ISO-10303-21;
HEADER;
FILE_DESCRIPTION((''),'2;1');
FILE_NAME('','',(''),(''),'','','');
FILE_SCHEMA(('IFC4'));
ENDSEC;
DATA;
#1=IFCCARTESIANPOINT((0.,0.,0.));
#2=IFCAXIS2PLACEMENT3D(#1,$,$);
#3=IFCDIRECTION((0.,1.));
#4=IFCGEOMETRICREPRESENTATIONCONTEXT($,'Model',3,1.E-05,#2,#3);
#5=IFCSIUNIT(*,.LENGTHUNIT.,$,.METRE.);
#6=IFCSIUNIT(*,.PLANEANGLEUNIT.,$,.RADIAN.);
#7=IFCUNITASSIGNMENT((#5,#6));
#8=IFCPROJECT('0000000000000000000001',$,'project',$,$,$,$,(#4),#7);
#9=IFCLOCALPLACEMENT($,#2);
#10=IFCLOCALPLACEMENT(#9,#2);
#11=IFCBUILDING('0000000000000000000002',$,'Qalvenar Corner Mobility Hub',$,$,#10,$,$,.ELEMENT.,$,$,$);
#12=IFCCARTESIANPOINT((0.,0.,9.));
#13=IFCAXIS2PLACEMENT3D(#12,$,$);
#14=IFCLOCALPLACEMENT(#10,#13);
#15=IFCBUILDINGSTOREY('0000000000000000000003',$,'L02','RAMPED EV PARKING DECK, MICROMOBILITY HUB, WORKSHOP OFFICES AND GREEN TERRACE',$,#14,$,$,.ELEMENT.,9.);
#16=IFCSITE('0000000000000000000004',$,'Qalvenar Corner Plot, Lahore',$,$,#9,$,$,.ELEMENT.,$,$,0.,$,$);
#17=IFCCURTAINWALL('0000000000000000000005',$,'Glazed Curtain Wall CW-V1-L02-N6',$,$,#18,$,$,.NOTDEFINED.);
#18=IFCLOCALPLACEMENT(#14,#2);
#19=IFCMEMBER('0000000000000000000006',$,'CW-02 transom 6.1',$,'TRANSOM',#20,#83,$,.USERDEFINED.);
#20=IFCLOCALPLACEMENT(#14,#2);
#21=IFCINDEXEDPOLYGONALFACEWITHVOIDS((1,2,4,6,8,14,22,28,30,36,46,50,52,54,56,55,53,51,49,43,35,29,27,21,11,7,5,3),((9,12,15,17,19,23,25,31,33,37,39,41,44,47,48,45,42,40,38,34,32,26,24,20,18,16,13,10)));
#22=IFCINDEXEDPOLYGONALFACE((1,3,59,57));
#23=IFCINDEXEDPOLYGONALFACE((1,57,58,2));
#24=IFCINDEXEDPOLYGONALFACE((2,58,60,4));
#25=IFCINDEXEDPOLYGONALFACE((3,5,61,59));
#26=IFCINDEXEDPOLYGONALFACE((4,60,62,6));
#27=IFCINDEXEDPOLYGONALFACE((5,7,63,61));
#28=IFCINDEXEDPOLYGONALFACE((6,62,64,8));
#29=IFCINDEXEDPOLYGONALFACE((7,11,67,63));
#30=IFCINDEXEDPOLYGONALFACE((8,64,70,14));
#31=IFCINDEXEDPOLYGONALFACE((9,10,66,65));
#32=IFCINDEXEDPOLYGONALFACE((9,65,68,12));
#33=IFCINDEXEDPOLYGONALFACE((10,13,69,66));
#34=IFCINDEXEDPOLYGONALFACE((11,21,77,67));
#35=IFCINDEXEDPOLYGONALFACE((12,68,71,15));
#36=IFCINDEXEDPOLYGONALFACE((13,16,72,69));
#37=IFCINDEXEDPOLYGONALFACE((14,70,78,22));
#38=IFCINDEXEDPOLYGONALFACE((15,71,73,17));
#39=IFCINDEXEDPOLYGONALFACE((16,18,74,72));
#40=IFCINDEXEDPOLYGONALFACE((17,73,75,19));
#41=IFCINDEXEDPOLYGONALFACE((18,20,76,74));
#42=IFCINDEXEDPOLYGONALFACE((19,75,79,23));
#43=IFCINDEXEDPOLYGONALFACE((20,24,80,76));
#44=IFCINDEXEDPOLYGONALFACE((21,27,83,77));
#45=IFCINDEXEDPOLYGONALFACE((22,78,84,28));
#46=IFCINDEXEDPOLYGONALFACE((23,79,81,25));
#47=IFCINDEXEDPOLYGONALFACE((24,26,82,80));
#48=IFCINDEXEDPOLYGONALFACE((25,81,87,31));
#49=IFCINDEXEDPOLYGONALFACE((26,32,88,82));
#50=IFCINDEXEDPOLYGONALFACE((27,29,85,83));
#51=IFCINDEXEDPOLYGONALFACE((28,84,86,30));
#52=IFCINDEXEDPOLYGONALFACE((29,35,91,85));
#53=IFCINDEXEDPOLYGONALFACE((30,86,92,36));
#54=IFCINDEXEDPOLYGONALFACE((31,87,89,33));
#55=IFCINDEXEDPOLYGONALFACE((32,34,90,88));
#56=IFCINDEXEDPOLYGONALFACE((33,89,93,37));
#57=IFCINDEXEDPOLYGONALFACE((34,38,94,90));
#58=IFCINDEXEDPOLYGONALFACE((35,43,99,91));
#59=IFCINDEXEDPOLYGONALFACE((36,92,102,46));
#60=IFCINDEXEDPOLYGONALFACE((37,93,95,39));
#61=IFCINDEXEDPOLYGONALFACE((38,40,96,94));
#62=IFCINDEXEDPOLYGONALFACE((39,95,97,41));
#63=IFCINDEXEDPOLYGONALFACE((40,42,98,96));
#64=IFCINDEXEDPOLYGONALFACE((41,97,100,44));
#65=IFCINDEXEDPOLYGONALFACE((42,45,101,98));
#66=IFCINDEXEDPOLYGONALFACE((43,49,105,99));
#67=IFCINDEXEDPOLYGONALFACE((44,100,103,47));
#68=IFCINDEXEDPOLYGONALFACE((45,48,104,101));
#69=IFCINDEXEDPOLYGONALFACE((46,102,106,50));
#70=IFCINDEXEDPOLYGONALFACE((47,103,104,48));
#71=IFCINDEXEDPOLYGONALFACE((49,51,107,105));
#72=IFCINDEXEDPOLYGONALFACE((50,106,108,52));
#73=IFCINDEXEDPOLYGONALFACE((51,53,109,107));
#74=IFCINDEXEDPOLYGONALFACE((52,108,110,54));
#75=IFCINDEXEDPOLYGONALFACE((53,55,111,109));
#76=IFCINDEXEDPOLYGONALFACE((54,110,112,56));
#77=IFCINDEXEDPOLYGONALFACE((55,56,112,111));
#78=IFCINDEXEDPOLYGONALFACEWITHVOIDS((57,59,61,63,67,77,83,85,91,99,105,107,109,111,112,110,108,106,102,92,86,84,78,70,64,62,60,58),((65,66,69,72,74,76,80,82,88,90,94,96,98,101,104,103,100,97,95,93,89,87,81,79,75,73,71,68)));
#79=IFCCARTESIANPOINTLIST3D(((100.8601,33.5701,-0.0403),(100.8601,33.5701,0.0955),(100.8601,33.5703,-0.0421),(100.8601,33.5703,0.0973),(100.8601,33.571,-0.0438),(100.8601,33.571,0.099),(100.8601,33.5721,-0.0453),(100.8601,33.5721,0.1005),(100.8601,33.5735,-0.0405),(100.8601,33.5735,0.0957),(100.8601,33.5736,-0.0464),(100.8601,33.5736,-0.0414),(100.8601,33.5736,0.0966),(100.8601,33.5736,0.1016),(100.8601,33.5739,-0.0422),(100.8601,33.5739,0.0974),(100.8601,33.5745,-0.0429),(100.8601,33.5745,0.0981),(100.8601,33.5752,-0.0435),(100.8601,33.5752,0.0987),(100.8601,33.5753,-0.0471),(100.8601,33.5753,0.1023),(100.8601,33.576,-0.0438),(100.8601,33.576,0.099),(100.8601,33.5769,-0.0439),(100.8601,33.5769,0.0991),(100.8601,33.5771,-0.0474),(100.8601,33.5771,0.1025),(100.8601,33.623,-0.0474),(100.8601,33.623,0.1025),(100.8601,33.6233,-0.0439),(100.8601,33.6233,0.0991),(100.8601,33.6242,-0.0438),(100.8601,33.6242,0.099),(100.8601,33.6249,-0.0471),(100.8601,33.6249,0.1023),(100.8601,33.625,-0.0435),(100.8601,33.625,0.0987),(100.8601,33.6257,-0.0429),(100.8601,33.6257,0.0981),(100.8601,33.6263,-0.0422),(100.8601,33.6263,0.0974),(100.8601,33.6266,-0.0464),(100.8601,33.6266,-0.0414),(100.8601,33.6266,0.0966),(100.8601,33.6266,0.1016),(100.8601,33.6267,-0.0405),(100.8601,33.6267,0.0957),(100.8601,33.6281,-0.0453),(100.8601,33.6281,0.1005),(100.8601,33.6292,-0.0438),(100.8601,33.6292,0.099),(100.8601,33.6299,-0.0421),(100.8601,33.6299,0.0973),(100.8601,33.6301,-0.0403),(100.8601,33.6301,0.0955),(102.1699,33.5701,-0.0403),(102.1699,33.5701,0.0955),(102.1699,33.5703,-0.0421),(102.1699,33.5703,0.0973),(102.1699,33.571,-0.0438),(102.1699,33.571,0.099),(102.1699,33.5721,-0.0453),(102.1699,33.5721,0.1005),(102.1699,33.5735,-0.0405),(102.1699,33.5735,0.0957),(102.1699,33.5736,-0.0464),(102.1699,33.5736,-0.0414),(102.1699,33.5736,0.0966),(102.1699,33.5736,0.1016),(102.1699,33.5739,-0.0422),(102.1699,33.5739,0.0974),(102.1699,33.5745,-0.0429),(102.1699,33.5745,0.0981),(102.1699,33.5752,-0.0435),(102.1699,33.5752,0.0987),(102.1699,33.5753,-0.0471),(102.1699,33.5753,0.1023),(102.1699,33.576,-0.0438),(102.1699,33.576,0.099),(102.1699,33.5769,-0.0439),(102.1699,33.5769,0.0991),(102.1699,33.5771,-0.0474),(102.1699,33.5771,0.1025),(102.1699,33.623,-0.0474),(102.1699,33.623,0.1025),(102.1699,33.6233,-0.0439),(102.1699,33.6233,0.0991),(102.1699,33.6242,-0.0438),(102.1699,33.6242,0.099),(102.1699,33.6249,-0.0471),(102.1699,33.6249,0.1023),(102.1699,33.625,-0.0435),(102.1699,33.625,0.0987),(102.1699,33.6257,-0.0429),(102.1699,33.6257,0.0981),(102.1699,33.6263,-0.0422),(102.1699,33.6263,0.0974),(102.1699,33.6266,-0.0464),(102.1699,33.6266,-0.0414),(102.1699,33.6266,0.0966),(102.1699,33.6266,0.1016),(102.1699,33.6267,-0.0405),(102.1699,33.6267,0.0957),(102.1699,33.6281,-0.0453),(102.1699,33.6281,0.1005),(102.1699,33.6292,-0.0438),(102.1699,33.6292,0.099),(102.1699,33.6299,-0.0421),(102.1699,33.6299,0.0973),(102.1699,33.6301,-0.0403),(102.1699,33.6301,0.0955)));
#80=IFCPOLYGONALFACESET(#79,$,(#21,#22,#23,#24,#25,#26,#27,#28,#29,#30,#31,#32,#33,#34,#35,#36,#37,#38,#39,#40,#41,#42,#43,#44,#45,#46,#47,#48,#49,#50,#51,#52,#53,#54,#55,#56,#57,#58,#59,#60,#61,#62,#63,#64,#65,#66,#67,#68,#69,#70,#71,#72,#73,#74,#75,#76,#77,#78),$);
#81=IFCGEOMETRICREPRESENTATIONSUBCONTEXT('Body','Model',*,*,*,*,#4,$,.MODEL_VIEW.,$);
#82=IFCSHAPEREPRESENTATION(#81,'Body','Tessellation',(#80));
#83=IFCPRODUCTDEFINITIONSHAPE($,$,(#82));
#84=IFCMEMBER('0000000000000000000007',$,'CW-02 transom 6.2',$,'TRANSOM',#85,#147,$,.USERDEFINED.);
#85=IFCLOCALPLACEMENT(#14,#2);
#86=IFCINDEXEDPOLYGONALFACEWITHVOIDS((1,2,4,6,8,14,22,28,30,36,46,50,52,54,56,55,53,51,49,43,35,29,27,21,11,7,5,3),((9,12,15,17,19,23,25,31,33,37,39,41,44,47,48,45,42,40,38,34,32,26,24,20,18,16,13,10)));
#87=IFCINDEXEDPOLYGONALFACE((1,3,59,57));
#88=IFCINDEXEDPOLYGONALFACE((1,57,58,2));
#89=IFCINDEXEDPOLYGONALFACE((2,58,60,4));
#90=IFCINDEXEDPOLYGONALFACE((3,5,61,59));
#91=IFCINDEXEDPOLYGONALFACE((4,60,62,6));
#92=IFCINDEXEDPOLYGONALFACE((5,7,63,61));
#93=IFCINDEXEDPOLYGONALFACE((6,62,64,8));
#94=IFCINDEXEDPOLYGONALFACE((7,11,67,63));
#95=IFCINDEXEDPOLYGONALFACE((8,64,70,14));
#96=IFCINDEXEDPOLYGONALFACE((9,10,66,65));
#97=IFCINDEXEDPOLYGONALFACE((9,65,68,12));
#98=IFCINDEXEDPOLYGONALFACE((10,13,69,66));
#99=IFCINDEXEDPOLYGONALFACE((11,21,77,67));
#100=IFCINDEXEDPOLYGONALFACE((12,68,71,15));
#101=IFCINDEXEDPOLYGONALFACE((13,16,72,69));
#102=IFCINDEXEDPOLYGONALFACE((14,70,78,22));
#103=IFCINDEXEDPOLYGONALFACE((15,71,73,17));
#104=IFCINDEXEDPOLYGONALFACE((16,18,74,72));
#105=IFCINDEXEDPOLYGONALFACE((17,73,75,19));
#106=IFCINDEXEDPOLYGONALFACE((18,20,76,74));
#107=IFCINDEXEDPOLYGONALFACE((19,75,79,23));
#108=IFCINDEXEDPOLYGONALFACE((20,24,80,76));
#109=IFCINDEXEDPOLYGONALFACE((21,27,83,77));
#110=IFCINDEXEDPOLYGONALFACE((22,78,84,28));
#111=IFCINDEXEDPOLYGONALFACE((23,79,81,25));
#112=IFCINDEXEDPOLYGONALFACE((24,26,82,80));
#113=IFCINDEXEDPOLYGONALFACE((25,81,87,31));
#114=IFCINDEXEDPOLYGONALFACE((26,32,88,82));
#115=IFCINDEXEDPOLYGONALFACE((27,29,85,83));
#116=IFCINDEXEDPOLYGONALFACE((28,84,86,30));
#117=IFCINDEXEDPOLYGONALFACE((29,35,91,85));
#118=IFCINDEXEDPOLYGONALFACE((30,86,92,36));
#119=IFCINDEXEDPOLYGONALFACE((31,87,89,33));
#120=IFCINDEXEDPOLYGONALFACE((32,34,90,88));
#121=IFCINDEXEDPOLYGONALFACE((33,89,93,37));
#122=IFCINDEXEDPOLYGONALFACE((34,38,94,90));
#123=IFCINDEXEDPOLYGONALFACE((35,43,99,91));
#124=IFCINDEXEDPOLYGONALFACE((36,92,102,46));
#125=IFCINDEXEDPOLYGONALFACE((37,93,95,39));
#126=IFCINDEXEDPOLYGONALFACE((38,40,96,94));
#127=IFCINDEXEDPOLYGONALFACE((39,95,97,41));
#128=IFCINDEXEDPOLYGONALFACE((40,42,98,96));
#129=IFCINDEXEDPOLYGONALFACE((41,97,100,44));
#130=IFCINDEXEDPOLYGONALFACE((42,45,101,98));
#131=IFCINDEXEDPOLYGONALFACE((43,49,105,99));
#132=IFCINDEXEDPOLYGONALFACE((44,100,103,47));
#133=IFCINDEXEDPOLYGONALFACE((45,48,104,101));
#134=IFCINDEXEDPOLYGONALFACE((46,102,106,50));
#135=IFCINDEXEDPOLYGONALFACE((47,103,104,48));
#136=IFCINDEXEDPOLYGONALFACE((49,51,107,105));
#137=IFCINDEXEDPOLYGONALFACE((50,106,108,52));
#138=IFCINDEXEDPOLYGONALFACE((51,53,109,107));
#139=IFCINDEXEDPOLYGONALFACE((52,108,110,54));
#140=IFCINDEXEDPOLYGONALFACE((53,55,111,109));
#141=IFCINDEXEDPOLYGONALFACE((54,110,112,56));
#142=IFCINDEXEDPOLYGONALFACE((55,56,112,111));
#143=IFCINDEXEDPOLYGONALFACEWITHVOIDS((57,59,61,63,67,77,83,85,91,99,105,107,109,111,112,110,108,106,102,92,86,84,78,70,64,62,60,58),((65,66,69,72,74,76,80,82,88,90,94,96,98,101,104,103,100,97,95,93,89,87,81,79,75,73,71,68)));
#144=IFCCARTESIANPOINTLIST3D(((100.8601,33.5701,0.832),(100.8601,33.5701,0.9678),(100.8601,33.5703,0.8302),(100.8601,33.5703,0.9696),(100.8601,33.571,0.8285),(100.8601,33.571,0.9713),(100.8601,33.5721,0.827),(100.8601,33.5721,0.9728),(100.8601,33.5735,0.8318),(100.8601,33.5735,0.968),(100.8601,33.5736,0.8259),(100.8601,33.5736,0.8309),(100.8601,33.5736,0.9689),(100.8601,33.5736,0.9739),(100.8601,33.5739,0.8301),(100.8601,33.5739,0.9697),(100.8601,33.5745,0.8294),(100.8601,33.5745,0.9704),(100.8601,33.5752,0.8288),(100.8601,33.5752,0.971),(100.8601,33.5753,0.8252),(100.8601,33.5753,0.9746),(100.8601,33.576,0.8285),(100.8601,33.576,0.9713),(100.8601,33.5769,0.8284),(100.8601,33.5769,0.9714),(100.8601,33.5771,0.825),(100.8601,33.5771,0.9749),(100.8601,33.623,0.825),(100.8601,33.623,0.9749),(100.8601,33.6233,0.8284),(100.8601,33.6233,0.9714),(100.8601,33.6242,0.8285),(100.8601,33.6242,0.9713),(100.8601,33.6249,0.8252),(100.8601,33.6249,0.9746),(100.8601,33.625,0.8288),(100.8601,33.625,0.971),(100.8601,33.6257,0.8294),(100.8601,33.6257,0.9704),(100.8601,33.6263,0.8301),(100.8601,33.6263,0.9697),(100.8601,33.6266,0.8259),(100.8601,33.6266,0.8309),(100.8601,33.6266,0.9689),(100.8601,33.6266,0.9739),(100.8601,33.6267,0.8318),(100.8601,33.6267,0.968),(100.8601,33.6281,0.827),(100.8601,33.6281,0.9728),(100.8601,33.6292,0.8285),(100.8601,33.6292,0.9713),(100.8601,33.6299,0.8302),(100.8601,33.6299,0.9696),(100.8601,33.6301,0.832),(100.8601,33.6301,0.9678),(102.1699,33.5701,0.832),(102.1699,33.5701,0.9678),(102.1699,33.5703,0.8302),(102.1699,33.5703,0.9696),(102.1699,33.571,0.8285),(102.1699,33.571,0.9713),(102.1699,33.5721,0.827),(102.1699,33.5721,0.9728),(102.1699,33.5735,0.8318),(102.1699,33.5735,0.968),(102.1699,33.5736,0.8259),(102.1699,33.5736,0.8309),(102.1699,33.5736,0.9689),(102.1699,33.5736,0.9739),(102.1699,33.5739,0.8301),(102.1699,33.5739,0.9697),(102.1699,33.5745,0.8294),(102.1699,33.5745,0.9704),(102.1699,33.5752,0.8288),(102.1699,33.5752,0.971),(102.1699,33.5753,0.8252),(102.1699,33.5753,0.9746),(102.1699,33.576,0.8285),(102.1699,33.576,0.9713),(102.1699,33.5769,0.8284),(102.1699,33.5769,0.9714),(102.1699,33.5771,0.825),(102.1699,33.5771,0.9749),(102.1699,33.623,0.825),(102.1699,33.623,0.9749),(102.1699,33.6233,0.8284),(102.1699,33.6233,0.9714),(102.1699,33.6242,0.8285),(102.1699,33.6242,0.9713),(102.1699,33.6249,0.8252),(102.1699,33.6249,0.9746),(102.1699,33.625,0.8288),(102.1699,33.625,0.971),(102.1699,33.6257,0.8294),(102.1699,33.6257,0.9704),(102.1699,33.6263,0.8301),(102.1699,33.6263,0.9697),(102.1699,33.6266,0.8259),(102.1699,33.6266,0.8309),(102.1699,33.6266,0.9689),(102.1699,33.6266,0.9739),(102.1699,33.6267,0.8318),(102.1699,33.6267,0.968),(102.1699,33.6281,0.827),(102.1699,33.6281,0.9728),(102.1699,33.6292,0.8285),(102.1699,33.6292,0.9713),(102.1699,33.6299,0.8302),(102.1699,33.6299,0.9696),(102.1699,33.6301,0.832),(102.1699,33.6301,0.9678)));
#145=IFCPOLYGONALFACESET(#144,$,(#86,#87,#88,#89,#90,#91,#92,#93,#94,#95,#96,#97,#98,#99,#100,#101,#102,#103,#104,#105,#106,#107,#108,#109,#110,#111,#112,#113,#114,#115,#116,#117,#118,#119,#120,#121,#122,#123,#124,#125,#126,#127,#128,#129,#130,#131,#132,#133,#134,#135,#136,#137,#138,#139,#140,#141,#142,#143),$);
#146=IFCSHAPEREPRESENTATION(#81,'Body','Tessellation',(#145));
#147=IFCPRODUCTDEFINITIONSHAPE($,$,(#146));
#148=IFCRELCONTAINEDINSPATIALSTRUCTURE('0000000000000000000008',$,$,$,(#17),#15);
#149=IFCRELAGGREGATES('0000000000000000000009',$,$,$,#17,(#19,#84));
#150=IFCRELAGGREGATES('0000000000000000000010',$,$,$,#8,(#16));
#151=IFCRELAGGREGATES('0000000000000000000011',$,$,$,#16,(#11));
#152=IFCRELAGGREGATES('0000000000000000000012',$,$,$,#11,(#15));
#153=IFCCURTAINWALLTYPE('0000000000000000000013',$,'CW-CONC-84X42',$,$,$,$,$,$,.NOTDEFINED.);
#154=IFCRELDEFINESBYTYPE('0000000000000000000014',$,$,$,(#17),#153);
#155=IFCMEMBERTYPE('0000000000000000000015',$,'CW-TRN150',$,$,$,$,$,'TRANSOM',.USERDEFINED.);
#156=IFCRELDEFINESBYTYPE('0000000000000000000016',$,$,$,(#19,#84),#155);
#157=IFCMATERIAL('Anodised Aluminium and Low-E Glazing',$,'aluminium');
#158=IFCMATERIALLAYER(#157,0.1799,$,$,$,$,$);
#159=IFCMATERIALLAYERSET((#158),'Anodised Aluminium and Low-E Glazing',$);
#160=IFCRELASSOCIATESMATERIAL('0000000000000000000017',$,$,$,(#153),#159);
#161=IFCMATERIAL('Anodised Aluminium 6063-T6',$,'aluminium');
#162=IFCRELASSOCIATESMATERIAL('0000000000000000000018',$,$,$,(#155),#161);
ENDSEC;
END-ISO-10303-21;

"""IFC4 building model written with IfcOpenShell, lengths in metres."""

from ifc_helpers import new_model, si_unit, direction, frame, origin, origin_2d, place, context, subcontext, project, spatial, hollow_rectangle, extrude, material, layer, layer_set, material_profile, profile_set, type_object, element, aggregate, save


model = new_model("IFC4")

# Units and contexts
model_context = context("Model", 3, precision=1e-05, world=origin(), true_north=direction((0.0, 1.0)))
body_context = subcontext(model_context, "Body", "Model", "MODEL_VIEW")
ifc_project = project(units=[si_unit("LENGTHUNIT", "METRE"), si_unit("PLANEANGLEUNIT", "RADIAN")], contexts=[model_context])

# Site, building, storey
site_placement = place(None, origin())
site = spatial("IfcSite", under=ifc_project, at=site_placement, Name="Qalvenar Corner Plot, Lahore", CompositionType="ELEMENT", RefElevation=0.0)
building_placement = place(site_placement, origin())
building = spatial("IfcBuilding", under=site, at=building_placement, Name="Qalvenar Corner Mobility Hub", CompositionType="ELEMENT")
storey_placement = place(building_placement, frame((0.0, 0.0, 9.0)))
storey = spatial("IfcBuildingStorey", under=building, at=storey_placement, Name="L02", Description="RAMPED EV PARKING DECK, MICROMOBILITY HUB, WORKSHOP OFFICES AND GREEN TERRACE", CompositionType="ELEMENT", Elevation=9.0)

# Curtain wall
ifc_material_1 = material(Name="Anodised Aluminium and Low-E Glazing", Category="aluminium")
ifc_layer_1 = layer(ifc_material_1, 0.1799)
ifc_layer_set_1 = layer_set([ifc_layer_1], Name="Anodised Aluminium and Low-E Glazing")
curtain_wall_type = type_object("IfcCurtainWallType", Name="CW-CONC-84X42", PredefinedType="NOTDEFINED", material=ifc_layer_set_1)
ifc_material_2 = material(Name="Anodised Aluminium 6063-T6", Category="aluminium")
curtain_wall_1_placement = place(storey_placement, origin())
curtain_wall_1 = element("IfcCurtainWall", 1, at=curtain_wall_1_placement, inside=storey, type_object=curtain_wall_type, Name="Glazed Curtain Wall CW-V1-L02-N6", PredefinedType="NOTDEFINED")

# Members
ifc_material_profile_1 = material_profile(ifc_material_2, hollow_rectangle(XDim=0.0601, YDim=0.1499, WallThickness=0.0034, InnerFilletRadius=0.0034, OuterFilletRadius=0.0071, at=origin_2d()), Name="RHS150x60x3.5")
ifc_profile_set_1 = profile_set([ifc_material_profile_1], Name="Anodised Aluminium 6063-T6")
member_type_1 = type_object("IfcMemberType", Name="CW-TRN150", ElementType="TRANSOM", PredefinedType="USERDEFINED", material=ifc_profile_set_1)
member_1_placement = place(storey_placement, frame((102.1699, 33.6001, 0.0276), z_axis=(-1.0, 0.0, 0.0), x_axis=(0.0, -1.0, 0.0)))
member_1 = element("IfcMember", 2, at=member_1_placement, type_object=member_type_1, Name="CW-02 transom 6.1", ObjectType="TRANSOM", PredefinedType="USERDEFINED", context=body_context, shape_type="SweptSolid", body=[
    extrude(hollow_rectangle(XDim=0.0601, YDim=0.1499, WallThickness=0.0034, InnerFilletRadius=0.0034, OuterFilletRadius=0.0071, at=origin_2d()), origin(), (0.0, 0.0, 1.0), 1.3098),
])
member_2_placement = place(storey_placement, frame((102.1699, 33.6001, 0.8999), z_axis=(-1.0, 0.0, 0.0), x_axis=(0.0, -1.0, 0.0)))
member_2 = element("IfcMember", 3, at=member_2_placement, type_object=member_type_1, Name="CW-02 transom 6.2", ObjectType="TRANSOM", PredefinedType="USERDEFINED", context=body_context, shape_type="SweptSolid", body=[
    extrude(hollow_rectangle(XDim=0.0601, YDim=0.1499, WallThickness=0.0034, InnerFilletRadius=0.0034, OuterFilletRadius=0.0071, at=origin_2d()), origin(), (0.0, 0.0, 1.0), 1.3098),
])

aggregate(curtain_wall_1, [member_1, member_2])

save(model, "model.ifc")
